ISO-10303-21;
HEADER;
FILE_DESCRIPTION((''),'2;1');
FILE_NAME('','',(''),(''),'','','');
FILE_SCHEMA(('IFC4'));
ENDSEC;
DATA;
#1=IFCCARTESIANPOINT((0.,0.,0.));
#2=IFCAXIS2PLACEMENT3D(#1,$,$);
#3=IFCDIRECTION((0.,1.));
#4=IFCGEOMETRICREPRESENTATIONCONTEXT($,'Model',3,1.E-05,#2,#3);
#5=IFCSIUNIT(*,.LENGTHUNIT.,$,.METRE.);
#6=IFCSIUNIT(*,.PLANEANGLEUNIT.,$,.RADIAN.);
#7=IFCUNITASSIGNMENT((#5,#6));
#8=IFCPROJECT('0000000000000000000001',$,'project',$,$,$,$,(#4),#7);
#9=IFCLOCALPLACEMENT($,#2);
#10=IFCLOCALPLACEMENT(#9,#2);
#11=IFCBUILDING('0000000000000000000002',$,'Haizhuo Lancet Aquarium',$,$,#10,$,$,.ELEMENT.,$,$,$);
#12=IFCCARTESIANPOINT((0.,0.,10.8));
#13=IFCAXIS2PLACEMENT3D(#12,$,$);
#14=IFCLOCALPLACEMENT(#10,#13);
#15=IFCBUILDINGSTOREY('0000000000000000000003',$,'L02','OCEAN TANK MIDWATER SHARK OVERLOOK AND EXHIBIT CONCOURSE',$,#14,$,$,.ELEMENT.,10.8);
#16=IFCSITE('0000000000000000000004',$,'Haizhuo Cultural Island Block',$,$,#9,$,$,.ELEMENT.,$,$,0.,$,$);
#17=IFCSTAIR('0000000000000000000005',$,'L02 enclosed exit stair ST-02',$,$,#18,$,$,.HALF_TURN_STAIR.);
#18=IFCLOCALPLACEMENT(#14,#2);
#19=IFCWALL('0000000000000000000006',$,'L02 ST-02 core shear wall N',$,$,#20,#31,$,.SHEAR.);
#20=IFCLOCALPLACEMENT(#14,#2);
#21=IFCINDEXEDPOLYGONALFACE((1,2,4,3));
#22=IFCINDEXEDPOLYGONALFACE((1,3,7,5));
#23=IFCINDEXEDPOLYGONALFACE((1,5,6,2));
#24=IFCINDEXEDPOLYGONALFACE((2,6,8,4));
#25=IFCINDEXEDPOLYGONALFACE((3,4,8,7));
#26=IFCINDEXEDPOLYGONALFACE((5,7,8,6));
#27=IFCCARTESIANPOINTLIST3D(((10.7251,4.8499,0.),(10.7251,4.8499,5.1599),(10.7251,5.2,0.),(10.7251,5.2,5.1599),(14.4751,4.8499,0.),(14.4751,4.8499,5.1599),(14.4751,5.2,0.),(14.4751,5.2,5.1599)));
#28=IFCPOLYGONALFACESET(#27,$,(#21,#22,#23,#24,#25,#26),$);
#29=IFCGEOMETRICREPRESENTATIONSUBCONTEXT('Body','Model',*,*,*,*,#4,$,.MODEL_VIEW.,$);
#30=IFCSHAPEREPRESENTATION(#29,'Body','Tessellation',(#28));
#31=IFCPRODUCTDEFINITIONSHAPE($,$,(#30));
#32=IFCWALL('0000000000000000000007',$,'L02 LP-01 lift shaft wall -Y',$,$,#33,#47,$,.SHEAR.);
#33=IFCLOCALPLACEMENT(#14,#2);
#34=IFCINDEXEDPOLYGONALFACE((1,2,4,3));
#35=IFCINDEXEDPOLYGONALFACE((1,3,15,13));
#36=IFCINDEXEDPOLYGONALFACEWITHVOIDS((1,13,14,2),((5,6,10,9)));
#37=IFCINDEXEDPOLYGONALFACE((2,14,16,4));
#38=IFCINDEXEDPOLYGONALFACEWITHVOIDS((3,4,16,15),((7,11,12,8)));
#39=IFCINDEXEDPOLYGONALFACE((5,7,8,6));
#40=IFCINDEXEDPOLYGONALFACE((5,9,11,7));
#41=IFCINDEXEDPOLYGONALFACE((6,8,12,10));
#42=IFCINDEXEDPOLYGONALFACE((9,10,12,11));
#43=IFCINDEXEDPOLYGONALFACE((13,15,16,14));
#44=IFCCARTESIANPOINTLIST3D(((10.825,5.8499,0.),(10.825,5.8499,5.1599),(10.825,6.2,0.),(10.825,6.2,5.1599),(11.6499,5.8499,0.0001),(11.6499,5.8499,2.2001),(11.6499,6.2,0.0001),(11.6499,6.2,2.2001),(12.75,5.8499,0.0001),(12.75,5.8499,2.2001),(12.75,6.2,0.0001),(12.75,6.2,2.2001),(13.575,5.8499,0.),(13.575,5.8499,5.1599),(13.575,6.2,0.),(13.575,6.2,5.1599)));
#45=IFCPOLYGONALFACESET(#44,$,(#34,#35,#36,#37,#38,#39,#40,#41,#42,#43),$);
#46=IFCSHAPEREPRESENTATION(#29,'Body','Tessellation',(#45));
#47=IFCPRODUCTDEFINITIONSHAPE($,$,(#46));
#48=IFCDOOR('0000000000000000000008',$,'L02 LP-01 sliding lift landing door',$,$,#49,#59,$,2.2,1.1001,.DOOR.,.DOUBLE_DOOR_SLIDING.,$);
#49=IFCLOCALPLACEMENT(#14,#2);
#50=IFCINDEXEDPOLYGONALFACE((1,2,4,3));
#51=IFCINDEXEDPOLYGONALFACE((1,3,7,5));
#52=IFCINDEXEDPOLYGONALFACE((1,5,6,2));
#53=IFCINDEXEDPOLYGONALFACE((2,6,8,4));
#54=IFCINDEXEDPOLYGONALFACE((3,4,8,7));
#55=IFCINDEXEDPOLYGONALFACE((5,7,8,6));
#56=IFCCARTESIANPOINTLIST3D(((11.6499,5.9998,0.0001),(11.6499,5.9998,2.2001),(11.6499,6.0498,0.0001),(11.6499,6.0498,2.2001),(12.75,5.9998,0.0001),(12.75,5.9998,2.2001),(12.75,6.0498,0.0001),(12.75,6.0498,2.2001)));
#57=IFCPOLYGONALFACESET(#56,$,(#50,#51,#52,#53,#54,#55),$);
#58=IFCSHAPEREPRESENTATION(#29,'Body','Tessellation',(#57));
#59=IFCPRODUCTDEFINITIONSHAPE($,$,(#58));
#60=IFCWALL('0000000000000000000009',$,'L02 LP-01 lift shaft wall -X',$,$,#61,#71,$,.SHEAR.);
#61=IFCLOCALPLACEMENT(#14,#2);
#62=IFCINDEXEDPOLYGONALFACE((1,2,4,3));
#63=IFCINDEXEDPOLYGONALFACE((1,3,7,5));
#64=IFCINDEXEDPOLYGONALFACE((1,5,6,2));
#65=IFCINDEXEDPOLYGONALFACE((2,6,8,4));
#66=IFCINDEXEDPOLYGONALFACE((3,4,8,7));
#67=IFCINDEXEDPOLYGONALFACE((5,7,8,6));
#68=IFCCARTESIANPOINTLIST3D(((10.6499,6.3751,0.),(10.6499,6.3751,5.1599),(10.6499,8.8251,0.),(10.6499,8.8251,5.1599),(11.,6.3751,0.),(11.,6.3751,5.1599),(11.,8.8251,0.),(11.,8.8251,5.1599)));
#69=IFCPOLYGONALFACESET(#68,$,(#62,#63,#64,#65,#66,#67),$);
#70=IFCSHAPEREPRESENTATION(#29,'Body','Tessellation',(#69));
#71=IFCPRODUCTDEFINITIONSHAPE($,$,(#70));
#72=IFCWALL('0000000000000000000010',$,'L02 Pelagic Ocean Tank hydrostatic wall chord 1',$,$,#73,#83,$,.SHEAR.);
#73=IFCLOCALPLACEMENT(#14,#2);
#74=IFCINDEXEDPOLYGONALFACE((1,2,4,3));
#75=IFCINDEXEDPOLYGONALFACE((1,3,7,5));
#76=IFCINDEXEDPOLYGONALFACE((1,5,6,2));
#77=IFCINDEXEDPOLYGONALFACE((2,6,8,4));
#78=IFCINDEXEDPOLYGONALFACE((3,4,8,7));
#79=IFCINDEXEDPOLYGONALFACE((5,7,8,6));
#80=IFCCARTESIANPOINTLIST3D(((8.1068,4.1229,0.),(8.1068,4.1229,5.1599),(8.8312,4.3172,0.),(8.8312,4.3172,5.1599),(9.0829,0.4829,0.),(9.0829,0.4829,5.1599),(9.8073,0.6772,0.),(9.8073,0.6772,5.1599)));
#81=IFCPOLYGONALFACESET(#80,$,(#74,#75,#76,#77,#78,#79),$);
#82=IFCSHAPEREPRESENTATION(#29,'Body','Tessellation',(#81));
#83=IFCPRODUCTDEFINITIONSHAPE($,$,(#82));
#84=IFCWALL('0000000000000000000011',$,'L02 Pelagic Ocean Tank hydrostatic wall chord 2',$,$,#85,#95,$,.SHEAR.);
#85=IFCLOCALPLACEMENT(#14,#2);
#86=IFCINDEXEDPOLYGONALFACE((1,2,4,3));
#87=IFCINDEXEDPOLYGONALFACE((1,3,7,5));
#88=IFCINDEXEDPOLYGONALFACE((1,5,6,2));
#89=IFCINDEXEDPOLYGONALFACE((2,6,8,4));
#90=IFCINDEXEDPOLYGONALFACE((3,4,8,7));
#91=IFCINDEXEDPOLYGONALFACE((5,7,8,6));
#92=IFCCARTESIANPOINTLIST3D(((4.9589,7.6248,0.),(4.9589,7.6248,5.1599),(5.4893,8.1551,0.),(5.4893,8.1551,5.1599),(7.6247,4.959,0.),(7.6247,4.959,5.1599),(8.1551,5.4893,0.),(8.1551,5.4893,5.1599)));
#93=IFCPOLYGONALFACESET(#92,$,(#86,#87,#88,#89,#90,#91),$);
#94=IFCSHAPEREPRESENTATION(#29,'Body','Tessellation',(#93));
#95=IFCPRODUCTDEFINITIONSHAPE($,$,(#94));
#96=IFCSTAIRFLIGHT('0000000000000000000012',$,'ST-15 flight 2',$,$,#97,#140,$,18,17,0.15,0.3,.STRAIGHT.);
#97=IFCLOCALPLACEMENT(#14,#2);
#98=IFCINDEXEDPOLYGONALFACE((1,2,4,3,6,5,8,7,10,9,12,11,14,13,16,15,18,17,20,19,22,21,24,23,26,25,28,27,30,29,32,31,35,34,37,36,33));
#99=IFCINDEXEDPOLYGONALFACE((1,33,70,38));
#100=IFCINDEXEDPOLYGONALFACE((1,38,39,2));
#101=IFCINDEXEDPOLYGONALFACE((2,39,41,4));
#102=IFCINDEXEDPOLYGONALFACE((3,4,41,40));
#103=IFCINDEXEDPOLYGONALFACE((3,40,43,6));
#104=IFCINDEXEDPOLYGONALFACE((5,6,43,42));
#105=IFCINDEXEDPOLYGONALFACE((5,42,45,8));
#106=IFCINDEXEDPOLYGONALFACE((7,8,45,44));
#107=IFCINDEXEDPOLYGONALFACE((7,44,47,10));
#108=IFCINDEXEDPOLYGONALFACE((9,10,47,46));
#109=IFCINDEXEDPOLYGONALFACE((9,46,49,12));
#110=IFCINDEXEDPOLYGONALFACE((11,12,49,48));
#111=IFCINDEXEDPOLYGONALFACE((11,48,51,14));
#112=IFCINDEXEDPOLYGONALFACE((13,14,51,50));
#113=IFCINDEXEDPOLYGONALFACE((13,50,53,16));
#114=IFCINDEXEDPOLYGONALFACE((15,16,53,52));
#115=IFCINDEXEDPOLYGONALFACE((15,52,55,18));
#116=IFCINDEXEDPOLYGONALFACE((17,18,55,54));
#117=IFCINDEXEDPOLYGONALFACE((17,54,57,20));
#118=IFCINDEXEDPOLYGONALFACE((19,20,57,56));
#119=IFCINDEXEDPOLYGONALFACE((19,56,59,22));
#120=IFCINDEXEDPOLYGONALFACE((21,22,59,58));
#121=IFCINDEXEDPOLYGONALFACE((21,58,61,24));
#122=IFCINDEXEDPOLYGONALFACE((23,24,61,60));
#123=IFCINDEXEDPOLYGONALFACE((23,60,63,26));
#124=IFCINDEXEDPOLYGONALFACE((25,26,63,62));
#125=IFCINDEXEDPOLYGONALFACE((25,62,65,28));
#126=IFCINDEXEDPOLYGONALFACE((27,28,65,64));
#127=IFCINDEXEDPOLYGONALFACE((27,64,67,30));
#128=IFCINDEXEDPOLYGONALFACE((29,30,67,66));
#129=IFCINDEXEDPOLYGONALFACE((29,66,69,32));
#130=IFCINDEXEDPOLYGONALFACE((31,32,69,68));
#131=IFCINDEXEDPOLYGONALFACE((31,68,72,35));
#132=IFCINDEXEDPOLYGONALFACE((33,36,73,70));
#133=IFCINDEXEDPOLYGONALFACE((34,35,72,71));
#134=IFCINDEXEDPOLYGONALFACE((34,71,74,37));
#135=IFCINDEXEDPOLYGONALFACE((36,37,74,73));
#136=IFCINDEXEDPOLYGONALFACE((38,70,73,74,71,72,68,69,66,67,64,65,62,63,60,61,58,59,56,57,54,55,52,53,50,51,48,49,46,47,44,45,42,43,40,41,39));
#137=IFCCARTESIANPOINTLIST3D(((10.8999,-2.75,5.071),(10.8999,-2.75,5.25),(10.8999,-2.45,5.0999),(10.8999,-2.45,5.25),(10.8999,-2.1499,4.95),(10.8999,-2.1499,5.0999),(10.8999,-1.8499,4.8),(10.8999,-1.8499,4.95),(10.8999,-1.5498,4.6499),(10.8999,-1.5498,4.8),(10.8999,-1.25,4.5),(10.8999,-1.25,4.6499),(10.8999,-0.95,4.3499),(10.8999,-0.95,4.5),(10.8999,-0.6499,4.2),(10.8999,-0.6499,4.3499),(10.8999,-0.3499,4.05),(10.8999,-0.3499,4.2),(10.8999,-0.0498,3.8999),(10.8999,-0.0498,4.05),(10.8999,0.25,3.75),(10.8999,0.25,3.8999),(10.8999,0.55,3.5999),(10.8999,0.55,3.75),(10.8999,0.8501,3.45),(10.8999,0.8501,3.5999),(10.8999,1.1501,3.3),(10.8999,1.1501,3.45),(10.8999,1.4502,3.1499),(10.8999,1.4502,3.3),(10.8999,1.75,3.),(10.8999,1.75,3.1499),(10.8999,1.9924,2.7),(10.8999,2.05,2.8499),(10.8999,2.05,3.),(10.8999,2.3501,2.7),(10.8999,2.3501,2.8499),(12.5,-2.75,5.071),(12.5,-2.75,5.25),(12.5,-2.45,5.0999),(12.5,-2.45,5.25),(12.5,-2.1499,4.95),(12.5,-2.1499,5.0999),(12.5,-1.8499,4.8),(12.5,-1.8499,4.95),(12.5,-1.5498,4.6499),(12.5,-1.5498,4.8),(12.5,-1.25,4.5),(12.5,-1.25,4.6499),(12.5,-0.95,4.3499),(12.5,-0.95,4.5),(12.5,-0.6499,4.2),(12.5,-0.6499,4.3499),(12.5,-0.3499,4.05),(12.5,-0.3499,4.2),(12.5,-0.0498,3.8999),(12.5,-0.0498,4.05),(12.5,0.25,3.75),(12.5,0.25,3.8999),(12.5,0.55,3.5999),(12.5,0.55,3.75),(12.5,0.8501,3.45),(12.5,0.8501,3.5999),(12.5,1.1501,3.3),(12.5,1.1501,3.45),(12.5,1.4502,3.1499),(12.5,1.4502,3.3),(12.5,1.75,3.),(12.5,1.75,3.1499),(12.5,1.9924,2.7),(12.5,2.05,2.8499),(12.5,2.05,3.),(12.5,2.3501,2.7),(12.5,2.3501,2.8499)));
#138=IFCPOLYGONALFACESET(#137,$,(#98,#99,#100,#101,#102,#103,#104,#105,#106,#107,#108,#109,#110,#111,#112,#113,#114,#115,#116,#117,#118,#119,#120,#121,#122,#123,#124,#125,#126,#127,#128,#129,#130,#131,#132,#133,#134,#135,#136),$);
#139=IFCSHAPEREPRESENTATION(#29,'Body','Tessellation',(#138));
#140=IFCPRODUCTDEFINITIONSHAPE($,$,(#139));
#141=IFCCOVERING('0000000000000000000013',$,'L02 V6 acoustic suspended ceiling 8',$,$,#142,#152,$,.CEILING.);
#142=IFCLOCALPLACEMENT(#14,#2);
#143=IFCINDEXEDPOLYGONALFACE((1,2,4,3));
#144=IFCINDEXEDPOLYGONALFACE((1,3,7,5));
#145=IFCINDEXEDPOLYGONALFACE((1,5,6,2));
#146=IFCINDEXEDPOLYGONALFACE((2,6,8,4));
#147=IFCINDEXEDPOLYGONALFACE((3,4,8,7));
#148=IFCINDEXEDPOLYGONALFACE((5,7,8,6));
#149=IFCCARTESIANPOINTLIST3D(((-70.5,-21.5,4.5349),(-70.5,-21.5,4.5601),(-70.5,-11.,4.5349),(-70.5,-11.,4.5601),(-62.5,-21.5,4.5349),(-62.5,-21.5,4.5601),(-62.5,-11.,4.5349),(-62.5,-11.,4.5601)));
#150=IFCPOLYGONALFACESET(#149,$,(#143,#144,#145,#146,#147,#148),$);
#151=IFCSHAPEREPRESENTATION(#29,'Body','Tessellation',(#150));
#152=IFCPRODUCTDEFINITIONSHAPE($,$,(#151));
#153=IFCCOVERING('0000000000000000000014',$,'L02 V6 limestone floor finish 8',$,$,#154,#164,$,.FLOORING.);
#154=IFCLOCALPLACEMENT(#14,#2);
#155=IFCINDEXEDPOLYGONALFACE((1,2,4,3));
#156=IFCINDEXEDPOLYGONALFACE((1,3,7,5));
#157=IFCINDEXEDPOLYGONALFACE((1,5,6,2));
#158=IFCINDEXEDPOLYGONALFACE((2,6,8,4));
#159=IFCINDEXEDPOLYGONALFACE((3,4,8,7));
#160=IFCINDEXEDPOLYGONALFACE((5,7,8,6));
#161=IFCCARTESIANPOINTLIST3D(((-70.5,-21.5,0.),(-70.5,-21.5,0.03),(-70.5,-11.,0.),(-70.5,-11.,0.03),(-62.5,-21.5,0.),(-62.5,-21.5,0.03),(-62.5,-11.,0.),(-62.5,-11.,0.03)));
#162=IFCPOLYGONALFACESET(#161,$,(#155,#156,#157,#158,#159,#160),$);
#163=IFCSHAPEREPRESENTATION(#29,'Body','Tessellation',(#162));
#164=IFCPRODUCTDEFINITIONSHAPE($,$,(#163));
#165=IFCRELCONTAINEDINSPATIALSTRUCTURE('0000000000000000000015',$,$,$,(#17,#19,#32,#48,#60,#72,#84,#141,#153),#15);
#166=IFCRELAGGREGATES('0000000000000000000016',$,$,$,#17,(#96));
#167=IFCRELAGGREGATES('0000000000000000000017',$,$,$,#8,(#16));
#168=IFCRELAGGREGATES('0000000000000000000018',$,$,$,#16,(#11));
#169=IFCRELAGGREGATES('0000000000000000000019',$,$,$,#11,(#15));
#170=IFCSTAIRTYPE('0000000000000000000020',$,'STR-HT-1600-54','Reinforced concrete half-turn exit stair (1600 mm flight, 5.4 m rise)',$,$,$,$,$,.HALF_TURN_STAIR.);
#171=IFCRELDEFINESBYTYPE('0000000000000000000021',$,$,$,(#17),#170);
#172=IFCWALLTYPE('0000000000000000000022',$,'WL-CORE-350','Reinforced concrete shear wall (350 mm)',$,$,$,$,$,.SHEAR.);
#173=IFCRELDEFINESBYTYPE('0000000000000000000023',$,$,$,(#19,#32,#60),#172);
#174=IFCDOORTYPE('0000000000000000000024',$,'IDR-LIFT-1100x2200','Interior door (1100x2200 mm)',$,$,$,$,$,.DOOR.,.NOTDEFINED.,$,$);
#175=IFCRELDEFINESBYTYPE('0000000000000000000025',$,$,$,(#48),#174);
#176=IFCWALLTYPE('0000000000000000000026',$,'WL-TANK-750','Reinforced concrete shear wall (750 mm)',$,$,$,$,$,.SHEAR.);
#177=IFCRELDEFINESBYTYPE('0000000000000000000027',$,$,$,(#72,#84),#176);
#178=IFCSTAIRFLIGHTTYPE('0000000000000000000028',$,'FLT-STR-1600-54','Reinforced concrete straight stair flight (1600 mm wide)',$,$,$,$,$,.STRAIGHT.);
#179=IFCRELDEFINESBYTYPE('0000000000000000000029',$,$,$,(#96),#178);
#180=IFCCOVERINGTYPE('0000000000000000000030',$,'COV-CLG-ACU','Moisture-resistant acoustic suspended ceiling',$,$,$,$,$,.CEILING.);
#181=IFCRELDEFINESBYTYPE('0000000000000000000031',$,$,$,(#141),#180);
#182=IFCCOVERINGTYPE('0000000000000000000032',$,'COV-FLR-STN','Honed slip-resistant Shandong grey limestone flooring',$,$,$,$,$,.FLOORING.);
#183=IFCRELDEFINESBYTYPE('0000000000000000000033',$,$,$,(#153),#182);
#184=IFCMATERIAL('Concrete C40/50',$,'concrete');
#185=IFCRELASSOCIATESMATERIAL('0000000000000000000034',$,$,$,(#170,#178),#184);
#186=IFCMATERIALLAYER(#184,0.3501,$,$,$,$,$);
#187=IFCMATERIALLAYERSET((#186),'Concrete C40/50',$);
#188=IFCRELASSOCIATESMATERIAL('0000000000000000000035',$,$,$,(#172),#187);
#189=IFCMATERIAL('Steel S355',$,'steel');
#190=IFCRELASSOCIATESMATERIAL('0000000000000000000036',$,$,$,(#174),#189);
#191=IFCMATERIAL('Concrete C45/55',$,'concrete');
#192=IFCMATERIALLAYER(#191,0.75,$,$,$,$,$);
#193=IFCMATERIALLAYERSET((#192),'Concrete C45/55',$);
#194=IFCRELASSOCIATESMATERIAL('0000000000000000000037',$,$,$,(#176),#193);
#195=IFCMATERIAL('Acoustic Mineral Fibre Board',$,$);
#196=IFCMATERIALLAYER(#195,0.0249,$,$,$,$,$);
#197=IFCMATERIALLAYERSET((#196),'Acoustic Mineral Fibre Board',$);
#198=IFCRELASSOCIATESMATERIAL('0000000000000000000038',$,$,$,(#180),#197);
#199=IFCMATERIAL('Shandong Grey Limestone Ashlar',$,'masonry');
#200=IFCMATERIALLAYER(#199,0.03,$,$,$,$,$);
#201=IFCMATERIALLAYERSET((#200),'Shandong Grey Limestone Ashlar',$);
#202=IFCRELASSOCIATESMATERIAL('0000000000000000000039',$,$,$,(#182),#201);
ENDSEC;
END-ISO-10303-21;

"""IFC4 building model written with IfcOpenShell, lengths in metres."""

from ifc_helpers import new_model, si_unit, direction, frame, frame_2d, origin, place, context, subcontext, project, spatial, polyline, rectangle, outline, extrude, material, layer, layer_set, type_object, element, fill, aggregate, save


model = new_model("IFC4")

# Units and contexts
model_context = context("Model", 3, precision=1e-05, world=origin(), true_north=direction((0.0, 1.0)))
body_context = subcontext(model_context, "Body", "Model", "MODEL_VIEW")
ifc_project = project(units=[si_unit("LENGTHUNIT", "METRE"), si_unit("PLANEANGLEUNIT", "RADIAN")], contexts=[model_context])

# Site, building, storey
site_placement = place(None, origin())
site = spatial("IfcSite", under=ifc_project, at=site_placement, Name="Haizhuo Cultural Island Block", CompositionType="ELEMENT", RefElevation=0.0)
building_placement = place(site_placement, origin())
building = spatial("IfcBuilding", under=site, at=building_placement, Name="Haizhuo Lancet Aquarium", CompositionType="ELEMENT")
storey_placement = place(building_placement, frame((0.0, 0.0, 10.8)))
storey = spatial("IfcBuildingStorey", under=building, at=storey_placement, Name="L02", Description="OCEAN TANK MIDWATER SHARK OVERLOOK AND EXHIBIT CONCOURSE", CompositionType="ELEMENT", Elevation=10.8)

# Shared definitions
ifc_material_1 = material(Name="Concrete C40/50", Category="concrete")

# Stair
stair_type_1 = type_object("IfcStairType", Name="STR-HT-1600-54", Description="Reinforced concrete half-turn exit stair (1600 mm flight, 5.4 m rise)", PredefinedType="HALF_TURN_STAIR", material=ifc_material_1)
stair_1_placement = place(storey_placement, origin())
stair_1 = element("IfcStair", 1, at=stair_1_placement, inside=storey, type_object=stair_type_1, Name="L02 enclosed exit stair ST-02", PredefinedType="HALF_TURN_STAIR")

# Wall
ifc_layer_1 = layer(ifc_material_1, 0.3501)
ifc_layer_set_1 = layer_set([ifc_layer_1], Name="Concrete C40/50")
wall_type_1 = type_object("IfcWallType", Name="WL-CORE-350", Description="Reinforced concrete shear wall (350 mm)", PredefinedType="SHEAR", material=ifc_layer_set_1)
wall_1_placement = place(storey_placement, frame((10.7251, 5.0249, 0.0), z_axis=(0.0, 0.0, 1.0), x_axis=(1.0, 0.0, 0.0)))
element("IfcWall", 2, at=wall_1_placement, inside=storey, type_object=wall_type_1, Name="L02 ST-02 core shear wall N", PredefinedType="SHEAR", context=body_context, shape_type="SweptSolid", body=[
    extrude(rectangle(XDim=3.75, YDim=0.3501, at=frame_2d((1.875, 0.0))), origin(), (0.0, 0.0, 1.0), 5.1599),
])

# Wall, opening, door
wall_2_placement = place(storey_placement, frame((10.825, 6.0249, 0.0), z_axis=(0.0, 0.0, 1.0), x_axis=(1.0, 0.0, 0.0)))
wall_2 = element("IfcWall", 3, at=wall_2_placement, inside=storey, type_object=wall_type_1, Name="L02 LP-01 lift shaft wall -Y", PredefinedType="SHEAR", context=body_context, shape_type="SweptSolid", body=[
    extrude(rectangle(XDim=2.75, YDim=0.3501, at=frame_2d((1.375, 0.0))), origin(), (0.0, 0.0, 1.0), 5.1599),
])
opening_placement = place(wall_2_placement, frame((0.825, 0.0, 0.0)))
opening = element("IfcOpeningElement", 4, at=opening_placement, cuts=wall_2, PredefinedType="OPENING", context=body_context, shape_type="SweptSolid", body=[
    extrude(rectangle(XDim=1.1001, YDim=2.2, at=frame_2d((0.55, 1.1001))), frame((0.0, 0.1851, 0.0), z_axis=(0.0, -1.0, 0.0), x_axis=(1.0, 0.0, 0.0)), (0.0, 0.0, 1.0), 0.3701),
])
ifc_material_2 = material(Name="Steel S355", Category="steel")
door_type = type_object("IfcDoorType", Name="IDR-LIFT-1100x2200", Description="Interior door (1100x2200 mm)", OperationType="NOTDEFINED", PredefinedType="DOOR", material=ifc_material_2)
door_placement = place(opening_placement, origin())
door = element("IfcDoor", 5, at=door_placement, inside=storey, type_object=door_type, Name="L02 LP-01 sliding lift landing door", OperationType="DOUBLE_DOOR_SLIDING", OverallHeight=2.2, OverallWidth=1.1001, PredefinedType="DOOR", context=body_context, shape_type="SweptSolid", body=[
    extrude(rectangle(XDim=1.1001, YDim=2.2, at=frame_2d((0.55, 1.1001))), frame((0.0, 0.0249, 0.0), z_axis=(0.0, -1.0, 0.0), x_axis=(1.0, 0.0, 0.0)), (0.0, 0.0, 1.0), 0.05),
])
fill(opening, door)

# Walls
wall_3_placement = place(storey_placement, frame((10.825, 6.375, 0.0), z_axis=(0.0, 0.0, 1.0), x_axis=(0.0, 1.0, 0.0)))
element("IfcWall", 6, at=wall_3_placement, inside=storey, type_object=wall_type_1, Name="L02 LP-01 lift shaft wall -X", PredefinedType="SHEAR", context=body_context, shape_type="SweptSolid", body=[
    extrude(rectangle(XDim=2.45, YDim=0.3501, at=frame_2d((1.2251, 0.0))), origin(), (0.0, 0.0, 1.0), 5.1599),
])
ifc_material_3 = material(Name="Concrete C45/55", Category="concrete")
ifc_layer_2 = layer(ifc_material_3, 0.75)
ifc_layer_set_2 = layer_set([ifc_layer_2], Name="Concrete C45/55")
wall_type_2 = type_object("IfcWallType", Name="WL-TANK-750", Description="Reinforced concrete shear wall (750 mm)", PredefinedType="SHEAR", material=ifc_layer_set_2)
wall_4_placement = place(storey_placement, frame((9.4451, 0.5801, 0.0), z_axis=(0.0, 0.0, 1.0), x_axis=(-0.259009, 0.965875, 0.0)))
element("IfcWall", 7, at=wall_4_placement, inside=storey, type_object=wall_type_2, Name="L02 Pelagic Ocean Tank hydrostatic wall chord 1", PredefinedType="SHEAR", context=body_context, shape_type="SweptSolid", body=[
    extrude(rectangle(XDim=3.7686, YDim=0.75, at=frame_2d((1.8843, 0.0))), origin(), (0.0, 0.0, 1.0), 5.1599),
])
wall_5_placement = place(storey_placement, frame((7.8899, 5.2241, 0.0), z_axis=(0.0, 0.0, 1.0), x_axis=(-0.707107, 0.707107, 0.0)))
element("IfcWall", 8, at=wall_5_placement, inside=storey, type_object=wall_type_2, Name="L02 Pelagic Ocean Tank hydrostatic wall chord 2", PredefinedType="SHEAR", context=body_context, shape_type="SweptSolid", body=[
    extrude(rectangle(XDim=3.77, YDim=0.75, at=frame_2d((1.885, 0.0))), origin(), (0.0, 0.0, 1.0), 5.1599),
])

# Stair flight
stair_flight_type = type_object("IfcStairFlightType", Name="FLT-STR-1600-54", Description="Reinforced concrete straight stair flight (1600 mm wide)", PredefinedType="STRAIGHT", material=ifc_material_1)
stair_flight_placement = place(storey_placement, frame((11.7, 2.3501, 2.7), z_axis=(0.0, 0.0, 1.0), x_axis=(0.0, -1.0, 0.0)))
stair_flight = element("IfcStairFlight", 9, at=stair_flight_placement, type_object=stair_flight_type, Name="ST-15 flight 2", NumberOfRisers=18, NumberOfTreads=17, PredefinedType="STRAIGHT", RiserHeight=0.15, TreadLength=0.3, context=body_context, shape_type="SweptSolid", body=[
    extrude(outline(polyline([(0.0, 0.0), (0.0, 0.1499), (0.3, 0.1499), (0.3, 0.3), (0.6001, 0.3), (0.6001, 0.45), (0.8999, 0.45), (0.8999, 0.6001), (1.2, 0.6001), (1.2, 0.75), (1.5, 0.75), (1.5, 0.8999), (1.8, 0.8999), (1.8, 1.05), (2.1001, 1.05), (2.1001, 1.2), (2.3999, 1.2), (2.3999, 1.3501), (2.7, 1.3501), (2.7, 1.5), (3.0, 1.5), (3.0, 1.6499), (3.3, 1.6499), (3.3, 1.8), (3.6001, 1.8), (3.6001, 1.95), (3.8999, 1.95), (3.8999, 2.1001), (4.2, 2.1001), (4.2, 2.25), (4.5, 2.25), (4.5, 2.3999), (4.8, 2.3999), (4.8, 2.55), (5.1001, 2.55), (5.1001, 2.7), (5.1001, 2.3711), (0.3577, 0.0), (0.0, 0.0)])), frame((0.0, 0.8, 0.0), z_axis=(0.0, -1.0, 0.0), x_axis=(1.0, 0.0, 0.0)), (0.0, 0.0, 1.0), 1.6001),
])
aggregate(stair_1, [stair_flight])

# Coverings
ifc_material_4 = material(Name="Acoustic Mineral Fibre Board")
ifc_layer_3 = layer(ifc_material_4, 0.0249)
ifc_layer_set_3 = layer_set([ifc_layer_3], Name="Acoustic Mineral Fibre Board")
covering_type_1 = type_object("IfcCoveringType", Name="COV-CLG-ACU", Description="Moisture-resistant acoustic suspended ceiling", PredefinedType="CEILING", material=ifc_layer_set_3)
covering_1_placement = place(storey_placement, frame((0.0, 0.0, 4.5349)))
element("IfcCovering", 10, at=covering_1_placement, inside=storey, type_object=covering_type_1, Name="L02 V6 acoustic suspended ceiling 8", PredefinedType="CEILING", context=body_context, shape_type="SweptSolid", body=[
    extrude(outline(polyline([(-70.5, -21.5), (-62.5, -21.5), (-62.5, -11.0), (-70.5, -11.0), (-70.5, -21.5)])), origin(), (0.0, 0.0, 1.0), 0.0251),
])
ifc_material_5 = material(Name="Shandong Grey Limestone Ashlar", Category="masonry")
ifc_layer_4 = layer(ifc_material_5, 0.03)
ifc_layer_set_4 = layer_set([ifc_layer_4], Name="Shandong Grey Limestone Ashlar")
covering_type_2 = type_object("IfcCoveringType", Name="COV-FLR-STN", Description="Honed slip-resistant Shandong grey limestone flooring", PredefinedType="FLOORING", material=ifc_layer_set_4)
covering_2_placement = place(storey_placement, origin())
element("IfcCovering", 11, at=covering_2_placement, inside=storey, type_object=covering_type_2, Name="L02 V6 limestone floor finish 8", PredefinedType="FLOORING", context=body_context, shape_type="SweptSolid", body=[
    extrude(outline(polyline([(-70.5, -21.5), (-62.5, -21.5), (-62.5, -11.0), (-70.5, -11.0), (-70.5, -21.5)])), origin(), (0.0, 0.0, 1.0), 0.03),
])

save(model, "model.ifc")
